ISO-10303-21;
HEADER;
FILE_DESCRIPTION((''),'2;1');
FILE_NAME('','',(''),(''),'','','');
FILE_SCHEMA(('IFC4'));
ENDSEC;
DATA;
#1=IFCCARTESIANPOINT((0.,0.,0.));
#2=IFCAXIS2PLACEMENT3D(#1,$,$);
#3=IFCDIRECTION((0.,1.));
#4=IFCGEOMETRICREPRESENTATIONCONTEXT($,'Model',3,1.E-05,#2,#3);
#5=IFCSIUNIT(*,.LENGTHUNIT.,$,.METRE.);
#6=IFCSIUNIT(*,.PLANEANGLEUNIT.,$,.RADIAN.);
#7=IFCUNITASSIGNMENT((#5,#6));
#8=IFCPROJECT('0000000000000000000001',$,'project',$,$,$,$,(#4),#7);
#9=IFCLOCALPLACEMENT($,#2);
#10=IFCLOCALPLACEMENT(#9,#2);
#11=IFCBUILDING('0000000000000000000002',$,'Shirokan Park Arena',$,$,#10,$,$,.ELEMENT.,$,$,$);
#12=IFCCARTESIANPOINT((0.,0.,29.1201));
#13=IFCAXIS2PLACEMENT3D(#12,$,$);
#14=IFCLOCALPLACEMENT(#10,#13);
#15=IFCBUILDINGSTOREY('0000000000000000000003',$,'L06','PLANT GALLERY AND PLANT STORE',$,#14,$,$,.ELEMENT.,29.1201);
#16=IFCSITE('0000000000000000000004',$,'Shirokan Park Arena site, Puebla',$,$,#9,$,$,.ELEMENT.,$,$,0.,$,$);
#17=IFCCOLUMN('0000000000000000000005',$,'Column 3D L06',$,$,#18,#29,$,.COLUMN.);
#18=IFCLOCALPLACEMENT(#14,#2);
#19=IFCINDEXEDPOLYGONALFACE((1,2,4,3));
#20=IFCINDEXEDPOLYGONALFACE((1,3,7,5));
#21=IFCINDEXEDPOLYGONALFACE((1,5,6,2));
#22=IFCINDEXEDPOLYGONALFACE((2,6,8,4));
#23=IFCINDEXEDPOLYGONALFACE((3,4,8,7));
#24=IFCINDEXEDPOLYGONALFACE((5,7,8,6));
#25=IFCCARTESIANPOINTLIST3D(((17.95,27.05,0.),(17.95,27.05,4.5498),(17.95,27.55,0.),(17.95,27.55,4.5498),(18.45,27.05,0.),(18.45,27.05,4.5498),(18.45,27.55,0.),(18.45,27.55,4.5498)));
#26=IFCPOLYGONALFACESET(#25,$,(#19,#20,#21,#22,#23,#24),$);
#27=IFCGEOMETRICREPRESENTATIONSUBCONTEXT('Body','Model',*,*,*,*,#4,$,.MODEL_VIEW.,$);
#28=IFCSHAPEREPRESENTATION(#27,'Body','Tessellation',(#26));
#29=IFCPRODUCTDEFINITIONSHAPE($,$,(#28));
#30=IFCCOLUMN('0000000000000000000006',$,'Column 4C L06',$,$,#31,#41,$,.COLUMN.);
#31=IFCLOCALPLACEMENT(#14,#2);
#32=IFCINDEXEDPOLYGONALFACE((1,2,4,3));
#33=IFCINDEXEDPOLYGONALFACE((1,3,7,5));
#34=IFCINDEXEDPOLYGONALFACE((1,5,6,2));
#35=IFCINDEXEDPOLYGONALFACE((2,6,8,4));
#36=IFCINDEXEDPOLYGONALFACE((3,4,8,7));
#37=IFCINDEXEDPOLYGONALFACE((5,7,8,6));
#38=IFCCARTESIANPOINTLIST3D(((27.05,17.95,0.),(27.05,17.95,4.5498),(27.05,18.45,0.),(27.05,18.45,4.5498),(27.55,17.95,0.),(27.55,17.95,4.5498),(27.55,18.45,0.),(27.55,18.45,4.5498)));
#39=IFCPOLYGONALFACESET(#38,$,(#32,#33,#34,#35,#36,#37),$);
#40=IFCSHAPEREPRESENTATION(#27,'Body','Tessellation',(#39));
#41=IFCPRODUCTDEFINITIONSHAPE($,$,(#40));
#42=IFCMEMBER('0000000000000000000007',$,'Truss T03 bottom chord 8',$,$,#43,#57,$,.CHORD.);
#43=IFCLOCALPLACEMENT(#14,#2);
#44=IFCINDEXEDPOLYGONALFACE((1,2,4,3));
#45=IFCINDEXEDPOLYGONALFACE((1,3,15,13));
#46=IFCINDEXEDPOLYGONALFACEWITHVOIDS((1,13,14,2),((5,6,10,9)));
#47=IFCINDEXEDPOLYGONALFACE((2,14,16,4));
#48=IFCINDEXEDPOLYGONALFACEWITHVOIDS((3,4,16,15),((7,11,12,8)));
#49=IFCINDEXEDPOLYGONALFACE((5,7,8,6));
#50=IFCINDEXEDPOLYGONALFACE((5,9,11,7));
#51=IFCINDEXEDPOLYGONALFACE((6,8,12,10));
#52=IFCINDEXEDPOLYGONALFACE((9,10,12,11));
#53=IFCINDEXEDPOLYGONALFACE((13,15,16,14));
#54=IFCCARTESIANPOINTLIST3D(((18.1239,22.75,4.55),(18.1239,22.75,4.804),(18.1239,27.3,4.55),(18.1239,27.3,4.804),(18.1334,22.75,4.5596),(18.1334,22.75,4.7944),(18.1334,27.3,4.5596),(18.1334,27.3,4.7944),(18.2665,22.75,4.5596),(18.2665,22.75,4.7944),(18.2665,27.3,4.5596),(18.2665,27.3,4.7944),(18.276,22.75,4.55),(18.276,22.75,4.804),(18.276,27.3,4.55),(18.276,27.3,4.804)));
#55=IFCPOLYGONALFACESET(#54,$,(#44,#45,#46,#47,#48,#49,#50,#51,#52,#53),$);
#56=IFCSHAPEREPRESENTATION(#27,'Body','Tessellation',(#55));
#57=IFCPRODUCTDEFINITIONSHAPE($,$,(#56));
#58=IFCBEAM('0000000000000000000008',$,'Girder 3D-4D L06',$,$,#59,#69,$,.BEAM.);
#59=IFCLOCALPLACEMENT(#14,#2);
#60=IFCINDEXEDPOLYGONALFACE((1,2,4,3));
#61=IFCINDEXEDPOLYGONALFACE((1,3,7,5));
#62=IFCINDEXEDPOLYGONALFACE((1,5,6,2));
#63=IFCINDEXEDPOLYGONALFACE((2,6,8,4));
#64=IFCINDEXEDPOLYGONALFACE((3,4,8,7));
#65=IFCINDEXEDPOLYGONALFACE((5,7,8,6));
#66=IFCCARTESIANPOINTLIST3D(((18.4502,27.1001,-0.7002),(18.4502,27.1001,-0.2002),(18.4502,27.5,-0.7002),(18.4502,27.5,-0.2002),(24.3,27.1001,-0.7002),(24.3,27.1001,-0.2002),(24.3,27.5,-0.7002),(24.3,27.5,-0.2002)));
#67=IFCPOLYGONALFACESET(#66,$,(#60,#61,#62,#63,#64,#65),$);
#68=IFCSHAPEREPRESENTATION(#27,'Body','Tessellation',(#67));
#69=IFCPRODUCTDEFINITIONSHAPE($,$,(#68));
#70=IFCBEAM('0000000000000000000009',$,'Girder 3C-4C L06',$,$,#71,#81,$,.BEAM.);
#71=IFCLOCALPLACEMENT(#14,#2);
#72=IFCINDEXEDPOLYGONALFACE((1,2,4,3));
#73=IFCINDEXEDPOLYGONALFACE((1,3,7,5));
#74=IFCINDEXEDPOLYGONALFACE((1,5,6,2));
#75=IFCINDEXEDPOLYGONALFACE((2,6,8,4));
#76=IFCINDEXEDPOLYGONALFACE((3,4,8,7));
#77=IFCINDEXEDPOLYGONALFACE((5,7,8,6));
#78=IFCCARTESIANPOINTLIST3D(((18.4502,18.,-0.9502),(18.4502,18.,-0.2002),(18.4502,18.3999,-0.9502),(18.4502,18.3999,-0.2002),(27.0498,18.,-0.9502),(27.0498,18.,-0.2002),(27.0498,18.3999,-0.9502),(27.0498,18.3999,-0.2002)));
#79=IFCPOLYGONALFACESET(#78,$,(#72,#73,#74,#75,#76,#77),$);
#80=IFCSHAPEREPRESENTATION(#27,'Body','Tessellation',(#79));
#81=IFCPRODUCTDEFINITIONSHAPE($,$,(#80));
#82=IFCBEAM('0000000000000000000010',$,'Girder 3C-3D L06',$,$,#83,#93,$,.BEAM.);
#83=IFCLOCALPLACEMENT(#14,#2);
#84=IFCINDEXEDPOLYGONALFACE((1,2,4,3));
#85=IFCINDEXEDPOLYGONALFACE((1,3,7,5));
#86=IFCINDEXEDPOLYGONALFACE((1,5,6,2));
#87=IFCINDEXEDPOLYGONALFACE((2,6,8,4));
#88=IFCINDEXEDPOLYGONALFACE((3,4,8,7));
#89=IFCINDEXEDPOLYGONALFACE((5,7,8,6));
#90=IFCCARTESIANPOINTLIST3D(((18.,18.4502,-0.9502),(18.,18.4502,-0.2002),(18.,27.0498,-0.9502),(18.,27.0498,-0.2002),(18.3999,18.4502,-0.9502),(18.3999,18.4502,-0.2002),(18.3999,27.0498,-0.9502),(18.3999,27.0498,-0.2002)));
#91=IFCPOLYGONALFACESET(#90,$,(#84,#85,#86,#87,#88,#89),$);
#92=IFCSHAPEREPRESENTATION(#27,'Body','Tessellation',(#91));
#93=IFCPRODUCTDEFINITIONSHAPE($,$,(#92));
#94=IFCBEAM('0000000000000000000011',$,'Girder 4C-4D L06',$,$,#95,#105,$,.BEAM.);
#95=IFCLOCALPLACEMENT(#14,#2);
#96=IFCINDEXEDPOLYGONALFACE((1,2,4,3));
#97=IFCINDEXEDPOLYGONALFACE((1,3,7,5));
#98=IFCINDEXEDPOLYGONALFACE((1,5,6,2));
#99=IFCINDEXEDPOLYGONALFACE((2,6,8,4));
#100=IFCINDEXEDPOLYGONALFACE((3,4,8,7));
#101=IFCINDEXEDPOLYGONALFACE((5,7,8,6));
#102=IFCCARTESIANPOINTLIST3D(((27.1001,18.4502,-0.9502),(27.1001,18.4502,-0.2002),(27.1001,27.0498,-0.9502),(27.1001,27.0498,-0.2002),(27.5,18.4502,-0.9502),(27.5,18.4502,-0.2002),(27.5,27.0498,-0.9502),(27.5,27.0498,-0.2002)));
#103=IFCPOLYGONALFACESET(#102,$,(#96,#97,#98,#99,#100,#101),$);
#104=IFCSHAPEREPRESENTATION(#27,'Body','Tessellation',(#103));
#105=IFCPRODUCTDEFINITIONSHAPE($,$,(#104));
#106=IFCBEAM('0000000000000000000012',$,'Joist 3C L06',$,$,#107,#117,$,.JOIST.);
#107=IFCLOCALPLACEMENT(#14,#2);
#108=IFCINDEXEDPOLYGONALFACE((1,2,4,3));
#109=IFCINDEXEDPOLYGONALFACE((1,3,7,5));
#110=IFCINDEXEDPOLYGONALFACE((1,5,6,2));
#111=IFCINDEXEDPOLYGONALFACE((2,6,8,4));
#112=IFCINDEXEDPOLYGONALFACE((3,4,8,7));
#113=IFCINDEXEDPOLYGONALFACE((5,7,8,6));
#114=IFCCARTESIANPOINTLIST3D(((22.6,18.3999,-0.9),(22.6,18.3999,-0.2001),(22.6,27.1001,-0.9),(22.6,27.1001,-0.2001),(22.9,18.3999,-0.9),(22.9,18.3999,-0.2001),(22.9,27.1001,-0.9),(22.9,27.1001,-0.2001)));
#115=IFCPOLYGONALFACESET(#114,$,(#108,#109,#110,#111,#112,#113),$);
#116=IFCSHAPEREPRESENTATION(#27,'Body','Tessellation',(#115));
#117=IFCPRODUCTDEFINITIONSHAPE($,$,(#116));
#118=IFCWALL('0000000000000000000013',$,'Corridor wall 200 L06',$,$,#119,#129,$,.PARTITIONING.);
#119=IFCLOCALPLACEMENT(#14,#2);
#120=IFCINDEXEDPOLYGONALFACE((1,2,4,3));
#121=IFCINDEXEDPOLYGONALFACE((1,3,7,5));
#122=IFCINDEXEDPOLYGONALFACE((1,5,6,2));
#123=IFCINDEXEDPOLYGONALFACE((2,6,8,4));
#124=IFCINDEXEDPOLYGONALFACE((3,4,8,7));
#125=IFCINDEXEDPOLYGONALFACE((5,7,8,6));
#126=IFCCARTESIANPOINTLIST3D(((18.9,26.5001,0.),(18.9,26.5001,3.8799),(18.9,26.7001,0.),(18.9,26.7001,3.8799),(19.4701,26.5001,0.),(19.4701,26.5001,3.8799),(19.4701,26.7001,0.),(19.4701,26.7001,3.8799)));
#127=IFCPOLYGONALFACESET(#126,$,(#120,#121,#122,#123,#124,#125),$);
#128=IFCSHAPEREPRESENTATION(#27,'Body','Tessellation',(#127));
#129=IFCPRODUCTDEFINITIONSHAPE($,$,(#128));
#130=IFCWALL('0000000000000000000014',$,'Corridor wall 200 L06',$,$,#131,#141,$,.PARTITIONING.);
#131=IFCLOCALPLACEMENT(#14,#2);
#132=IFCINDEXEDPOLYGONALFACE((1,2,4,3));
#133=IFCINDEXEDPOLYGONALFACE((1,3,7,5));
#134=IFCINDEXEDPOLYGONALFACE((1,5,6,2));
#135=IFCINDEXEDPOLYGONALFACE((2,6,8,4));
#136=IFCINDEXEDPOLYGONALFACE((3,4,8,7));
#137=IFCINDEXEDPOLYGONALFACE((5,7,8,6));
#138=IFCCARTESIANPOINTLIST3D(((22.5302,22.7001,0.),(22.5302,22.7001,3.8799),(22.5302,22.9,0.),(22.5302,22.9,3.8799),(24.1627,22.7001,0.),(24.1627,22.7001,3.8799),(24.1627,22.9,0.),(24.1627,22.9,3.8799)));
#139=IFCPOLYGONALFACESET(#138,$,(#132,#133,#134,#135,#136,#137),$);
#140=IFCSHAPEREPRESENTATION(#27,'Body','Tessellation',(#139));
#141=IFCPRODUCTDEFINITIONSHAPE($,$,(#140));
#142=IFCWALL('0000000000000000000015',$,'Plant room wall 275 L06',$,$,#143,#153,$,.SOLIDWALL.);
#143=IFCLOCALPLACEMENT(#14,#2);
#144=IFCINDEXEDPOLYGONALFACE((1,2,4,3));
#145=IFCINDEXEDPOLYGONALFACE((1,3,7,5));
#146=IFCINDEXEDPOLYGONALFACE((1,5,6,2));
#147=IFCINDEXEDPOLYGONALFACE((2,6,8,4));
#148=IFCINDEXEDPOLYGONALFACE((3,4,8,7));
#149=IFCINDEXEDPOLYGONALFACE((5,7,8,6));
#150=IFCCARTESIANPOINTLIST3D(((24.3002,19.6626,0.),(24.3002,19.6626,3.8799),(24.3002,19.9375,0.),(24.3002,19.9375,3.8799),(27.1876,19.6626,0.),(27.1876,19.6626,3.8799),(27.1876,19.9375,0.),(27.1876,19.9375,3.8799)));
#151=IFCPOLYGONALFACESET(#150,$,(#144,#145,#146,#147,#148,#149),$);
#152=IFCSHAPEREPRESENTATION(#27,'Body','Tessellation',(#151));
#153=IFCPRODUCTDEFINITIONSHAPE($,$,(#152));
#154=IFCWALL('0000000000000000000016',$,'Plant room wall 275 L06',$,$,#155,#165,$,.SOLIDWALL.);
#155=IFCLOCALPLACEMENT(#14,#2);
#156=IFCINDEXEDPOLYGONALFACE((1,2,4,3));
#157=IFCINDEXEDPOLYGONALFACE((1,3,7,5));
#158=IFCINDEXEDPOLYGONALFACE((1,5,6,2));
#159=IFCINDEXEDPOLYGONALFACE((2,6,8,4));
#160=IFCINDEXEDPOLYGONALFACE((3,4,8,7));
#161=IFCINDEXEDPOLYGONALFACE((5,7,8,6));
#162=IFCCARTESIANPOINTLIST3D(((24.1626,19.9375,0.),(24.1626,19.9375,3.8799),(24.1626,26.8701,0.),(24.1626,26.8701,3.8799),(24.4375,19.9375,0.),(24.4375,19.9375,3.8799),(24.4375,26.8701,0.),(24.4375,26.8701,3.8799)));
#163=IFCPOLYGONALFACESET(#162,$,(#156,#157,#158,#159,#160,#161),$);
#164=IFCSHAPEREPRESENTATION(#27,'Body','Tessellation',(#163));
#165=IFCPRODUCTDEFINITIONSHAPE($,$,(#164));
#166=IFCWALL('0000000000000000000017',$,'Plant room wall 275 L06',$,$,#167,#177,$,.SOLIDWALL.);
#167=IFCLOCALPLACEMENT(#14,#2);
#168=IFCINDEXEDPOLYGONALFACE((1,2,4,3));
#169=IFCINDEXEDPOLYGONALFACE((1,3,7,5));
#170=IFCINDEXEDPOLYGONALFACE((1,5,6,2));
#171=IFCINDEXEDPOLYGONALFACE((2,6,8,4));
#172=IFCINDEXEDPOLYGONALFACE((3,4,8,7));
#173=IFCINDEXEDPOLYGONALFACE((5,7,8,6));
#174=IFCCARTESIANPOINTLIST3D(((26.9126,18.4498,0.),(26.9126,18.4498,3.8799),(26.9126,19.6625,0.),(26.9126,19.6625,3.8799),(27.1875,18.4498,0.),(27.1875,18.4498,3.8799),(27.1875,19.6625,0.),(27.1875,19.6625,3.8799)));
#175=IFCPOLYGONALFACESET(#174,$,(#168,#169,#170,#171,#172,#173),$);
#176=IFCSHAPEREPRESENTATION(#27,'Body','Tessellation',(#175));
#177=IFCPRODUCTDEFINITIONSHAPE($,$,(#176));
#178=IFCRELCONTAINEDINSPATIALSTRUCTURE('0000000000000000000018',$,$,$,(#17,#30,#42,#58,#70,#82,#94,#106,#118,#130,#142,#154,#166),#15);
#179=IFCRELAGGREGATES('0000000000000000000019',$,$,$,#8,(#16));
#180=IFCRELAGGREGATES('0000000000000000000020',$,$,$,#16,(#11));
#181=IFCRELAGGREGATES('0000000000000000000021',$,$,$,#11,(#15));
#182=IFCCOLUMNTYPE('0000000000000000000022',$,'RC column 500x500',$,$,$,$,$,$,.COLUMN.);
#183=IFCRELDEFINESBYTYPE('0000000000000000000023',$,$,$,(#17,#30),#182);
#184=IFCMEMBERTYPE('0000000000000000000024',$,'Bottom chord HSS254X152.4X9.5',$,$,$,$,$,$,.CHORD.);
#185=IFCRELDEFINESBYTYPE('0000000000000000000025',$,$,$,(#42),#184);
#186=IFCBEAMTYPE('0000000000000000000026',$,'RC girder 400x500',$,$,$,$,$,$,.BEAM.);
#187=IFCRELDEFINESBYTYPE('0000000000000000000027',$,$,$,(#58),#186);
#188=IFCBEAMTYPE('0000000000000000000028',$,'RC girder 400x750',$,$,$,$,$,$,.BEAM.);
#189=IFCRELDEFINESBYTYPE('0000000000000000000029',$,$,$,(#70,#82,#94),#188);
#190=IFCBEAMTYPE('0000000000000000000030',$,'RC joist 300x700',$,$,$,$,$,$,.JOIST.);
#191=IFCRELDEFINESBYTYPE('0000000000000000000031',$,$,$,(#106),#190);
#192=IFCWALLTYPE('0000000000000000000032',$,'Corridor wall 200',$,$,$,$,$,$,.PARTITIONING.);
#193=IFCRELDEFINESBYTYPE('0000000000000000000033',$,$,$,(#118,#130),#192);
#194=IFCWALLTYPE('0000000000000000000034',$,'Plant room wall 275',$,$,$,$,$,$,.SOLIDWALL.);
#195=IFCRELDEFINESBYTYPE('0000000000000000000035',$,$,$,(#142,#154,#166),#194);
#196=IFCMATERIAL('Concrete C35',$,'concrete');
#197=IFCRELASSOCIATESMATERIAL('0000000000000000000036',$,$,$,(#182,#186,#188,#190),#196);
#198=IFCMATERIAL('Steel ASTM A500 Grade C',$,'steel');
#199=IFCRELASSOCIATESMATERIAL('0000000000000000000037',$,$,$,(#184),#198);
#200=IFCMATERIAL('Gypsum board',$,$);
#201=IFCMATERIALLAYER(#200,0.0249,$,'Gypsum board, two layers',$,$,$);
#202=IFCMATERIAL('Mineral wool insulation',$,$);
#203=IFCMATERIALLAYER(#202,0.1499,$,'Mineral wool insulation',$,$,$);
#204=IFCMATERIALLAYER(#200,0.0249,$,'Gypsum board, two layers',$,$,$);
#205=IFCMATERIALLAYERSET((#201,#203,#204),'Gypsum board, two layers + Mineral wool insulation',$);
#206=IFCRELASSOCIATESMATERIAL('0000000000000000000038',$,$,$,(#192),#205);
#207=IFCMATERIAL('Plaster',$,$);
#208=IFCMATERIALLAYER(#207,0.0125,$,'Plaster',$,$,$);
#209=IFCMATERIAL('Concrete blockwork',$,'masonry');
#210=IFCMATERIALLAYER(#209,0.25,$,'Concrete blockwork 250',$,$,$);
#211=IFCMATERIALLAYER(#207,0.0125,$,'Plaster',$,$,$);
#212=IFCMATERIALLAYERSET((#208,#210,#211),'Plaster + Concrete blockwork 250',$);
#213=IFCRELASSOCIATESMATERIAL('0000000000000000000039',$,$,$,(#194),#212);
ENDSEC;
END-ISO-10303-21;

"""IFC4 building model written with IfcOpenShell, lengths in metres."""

from ifc_helpers import new_model, si_unit, direction, frame, frame_2d, origin, origin_2d, place, context, subcontext, project, spatial, rectangle, hollow_rectangle, extrude, material, layer, layer_set, material_profile, profile_set, type_object, element, save


model = new_model("IFC4")

# Units and contexts
model_context = context("Model", 3, precision=1e-05, world=origin(), true_north=direction((0.0, 1.0)))
body_context = subcontext(model_context, "Body", "Model", "MODEL_VIEW")
ifc_project = project(units=[si_unit("LENGTHUNIT", "METRE"), si_unit("PLANEANGLEUNIT", "RADIAN")], contexts=[model_context])

# Site, building, storey
site_placement = place(None, origin())
site = spatial("IfcSite", under=ifc_project, at=site_placement, Name="Shirokan Park Arena site, Puebla", CompositionType="ELEMENT", RefElevation=0.0)
building_placement = place(site_placement, origin())
building = spatial("IfcBuilding", under=site, at=building_placement, Name="Shirokan Park Arena", CompositionType="ELEMENT")
storey_placement = place(building_placement, frame((0.0, 0.0, 29.1201)))
storey = spatial("IfcBuildingStorey", under=building, at=storey_placement, Name="L06", Description="PLANT GALLERY AND PLANT STORE", CompositionType="ELEMENT", Elevation=29.1201)

# Columns
ifc_material_1 = material(Name="Concrete C35", Category="concrete")
ifc_material_profile_1 = material_profile(ifc_material_1, rectangle(XDim=0.5, YDim=0.5, at=origin_2d()), Name="500x500")
ifc_profile_set_1 = profile_set([ifc_material_profile_1], Name="Concrete C35")
column_type = type_object("IfcColumnType", Name="RC column 500x500", PredefinedType="COLUMN", material=ifc_profile_set_1)
for number, where, z_axis, x_axis, name in (
    (1, (18.2, 27.3, 0.0), (0.0, 0.0, 1.0), (1.0, 0.0, 0.0), "Column 3D L06"),
    (2, (27.3, 18.2, 0.0), (0.0, 0.0, 1.0), (1.0, 0.0, 0.0), "Column 4C L06"),
):
    element("IfcColumn", number, at=place(storey_placement, frame(where, z_axis=z_axis, x_axis=x_axis)), inside=storey, type_object=column_type, Name=name, PredefinedType="COLUMN", context=body_context, shape_type="SweptSolid", body=[
        extrude(rectangle(XDim=0.5, YDim=0.5, at=origin_2d()), origin(), (0.0, 0.0, 1.0), 4.5498),
    ])

# Member
ifc_material_2 = material(Name="Steel ASTM A500 Grade C", Category="steel")
ifc_material_profile_2 = material_profile(ifc_material_2, hollow_rectangle(XDim=0.1521, YDim=0.2539, WallThickness=0.0095, at=origin_2d()), Name="HSS254X152.4X9.5")
ifc_profile_set_2 = profile_set([ifc_material_profile_2], Name="Steel ASTM A500 Grade C")
member_type = type_object("IfcMemberType", Name="Bottom chord HSS254X152.4X9.5", PredefinedType="CHORD", material=ifc_profile_set_2)
member_placement = place(storey_placement, frame((18.2, 22.75, 4.677), z_axis=(0.0, 1.0, 0.0), x_axis=(-1.0, 0.0, 0.0)))
element("IfcMember", 3, at=member_placement, inside=storey, type_object=member_type, Name="Truss T03 bottom chord 8", PredefinedType="CHORD", context=body_context, shape_type="SweptSolid", body=[
    extrude(hollow_rectangle(XDim=0.1521, YDim=0.2539, WallThickness=0.0095, at=origin_2d()), origin(), (0.0, 0.0, 1.0), 4.55),
])

# Beams
ifc_material_profile_3 = material_profile(ifc_material_1, rectangle(XDim=0.3999, YDim=0.5, at=origin_2d()), Name="400x500")
ifc_profile_set_3 = profile_set([ifc_material_profile_3], Name="Concrete C35")
beam_type_1 = type_object("IfcBeamType", Name="RC girder 400x500", PredefinedType="BEAM", material=ifc_profile_set_3)
beam_1_placement = place(storey_placement, frame((18.4502, 27.3, -0.4502), z_axis=(1.0, 0.0, 0.0), x_axis=(0.0, 1.0, 0.0)))
element("IfcBeam", 4, at=beam_1_placement, inside=storey, type_object=beam_type_1, Name="Girder 3D-4D L06", PredefinedType="BEAM", context=body_context, shape_type="SweptSolid", body=[
    extrude(rectangle(XDim=0.3999, YDim=0.5, at=origin_2d()), origin(), (0.0, 0.0, 1.0), 5.8499),
])
ifc_material_profile_4 = material_profile(ifc_material_1, rectangle(XDim=0.3999, YDim=0.75, at=origin_2d()), Name="400x750")
ifc_profile_set_4 = profile_set([ifc_material_profile_4], Name="Concrete C35")
beam_type_2 = type_object("IfcBeamType", Name="RC girder 400x750", PredefinedType="BEAM", material=ifc_profile_set_4)
for number, where, z_axis, x_axis, name in (
    (5, (18.4502, 18.2, -0.5752), (1.0, 0.0, 0.0), (0.0, 1.0, 0.0), "Girder 3C-4C L06"),
    (6, (18.2, 18.4502, -0.5752), (0.0, 1.0, 0.0), (-1.0, 0.0, 0.0), "Girder 3C-3D L06"),
    (7, (27.3, 18.4502, -0.5752), (0.0, 1.0, 0.0), (-1.0, 0.0, 0.0), "Girder 4C-4D L06"),
):
    element("IfcBeam", number, at=place(storey_placement, frame(where, z_axis=z_axis, x_axis=x_axis)), inside=storey, type_object=beam_type_2, Name=name, PredefinedType="BEAM", context=body_context, shape_type="SweptSolid", body=[
        extrude(rectangle(XDim=0.3999, YDim=0.75, at=origin_2d()), origin(), (0.0, 0.0, 1.0), 8.5996),
    ])
ifc_material_profile_5 = material_profile(ifc_material_1, rectangle(XDim=0.3, YDim=0.7, at=origin_2d()), Name="300x700")
ifc_profile_set_5 = profile_set([ifc_material_profile_5], Name="Concrete C35")
beam_type_3 = type_object("IfcBeamType", Name="RC joist 300x700", PredefinedType="JOIST", material=ifc_profile_set_5)
beam_2_placement = place(storey_placement, frame((22.75, 18.3999, -0.55), z_axis=(0.0, 1.0, 0.0), x_axis=(-1.0, 0.0, 0.0)))
element("IfcBeam", 8, at=beam_2_placement, inside=storey, type_object=beam_type_3, Name="Joist 3C L06", PredefinedType="JOIST", context=body_context, shape_type="SweptSolid", body=[
    extrude(rectangle(XDim=0.3, YDim=0.7, at=origin_2d()), origin(), (0.0, 0.0, 1.0), 8.7002),
])

# Shared definitions
ifc_material_3 = material(Name="Gypsum board")
ifc_layer_1 = layer(ifc_material_3, 0.0249, Name="Gypsum board, two layers")
ifc_material_4 = material(Name="Mineral wool insulation")
ifc_layer_2 = layer(ifc_material_4, 0.1499, Name="Mineral wool insulation")
ifc_layer_3 = layer(ifc_material_3, 0.0249, Name="Gypsum board, two layers")
ifc_layer_set_1 = layer_set([ifc_layer_1, ifc_layer_2, ifc_layer_3], Name="Gypsum board, two layers + Mineral wool insulation")
wall_type_1 = type_object("IfcWallType", Name="Corridor wall 200", PredefinedType="PARTITIONING", material=ifc_layer_set_1)

# Walls
wall_1_placement = place(storey_placement, frame((18.8999, 26.6001, 0.0), z_axis=(0.0, 0.0, 1.0), x_axis=(1.0, 0.0, 0.0)))
element("IfcWall", 9, at=wall_1_placement, inside=storey, type_object=wall_type_1, Name="Corridor wall 200 L06", PredefinedType="PARTITIONING", context=body_context, shape_type="SweptSolid", body=[
    extrude(rectangle(XDim=0.5701, YDim=0.2, at=frame_2d((0.2852, 0.0))), origin(), (0.0, 0.0, 1.0), 3.8799),
])
wall_2_placement = place(storey_placement, frame((22.53, 22.8, 0.0), z_axis=(0.0, 0.0, 1.0), x_axis=(1.0, 0.0, 0.0)))
element("IfcWall", 10, at=wall_2_placement, inside=storey, type_object=wall_type_1, Name="Corridor wall 200 L06", PredefinedType="PARTITIONING", context=body_context, shape_type="SweptSolid", body=[
    extrude(rectangle(XDim=1.6326, YDim=0.2, at=frame_2d((0.8164, 0.0))), origin(), (0.0, 0.0, 1.0), 3.8799),
])
ifc_material_5 = material(Name="Plaster")
ifc_layer_4 = layer(ifc_material_5, 0.0125, Name="Plaster")
ifc_material_6 = material(Name="Concrete blockwork", Category="masonry")
ifc_layer_5 = layer(ifc_material_6, 0.25, Name="Concrete blockwork 250")
ifc_layer_6 = layer(ifc_material_5, 0.0125, Name="Plaster")
ifc_layer_set_2 = layer_set([ifc_layer_4, ifc_layer_5, ifc_layer_6], Name="Plaster + Concrete blockwork 250")
wall_type_2 = type_object("IfcWallType", Name="Plant room wall 275", PredefinedType="SOLIDWALL", material=ifc_layer_set_2)
wall_3_placement = place(storey_placement, frame((24.3, 19.8, 0.0), z_axis=(0.0, 0.0, 1.0), x_axis=(1.0, 0.0, 0.0)))
element("IfcWall", 11, at=wall_3_placement, inside=storey, type_object=wall_type_2, Name="Plant room wall 275 L06", PredefinedType="SOLIDWALL", context=body_context, shape_type="SweptSolid", body=[
    extrude(rectangle(XDim=2.8875, YDim=0.2749, at=frame_2d((1.4438, 0.0))), origin(), (0.0, 0.0, 1.0), 3.8799),
])
wall_4_placement = place(storey_placement, frame((24.3, 19.9375, 0.0), z_axis=(0.0, 0.0, 1.0), x_axis=(0.0, 1.0, 0.0)))
element("IfcWall", 12, at=wall_4_placement, inside=storey, type_object=wall_type_2, Name="Plant room wall 275 L06", PredefinedType="SOLIDWALL", context=body_context, shape_type="SweptSolid", body=[
    extrude(rectangle(XDim=6.9326, YDim=0.2749, at=frame_2d((3.4663, 0.0))), origin(), (0.0, 0.0, 1.0), 3.8799),
])
wall_5_placement = place(storey_placement, frame((27.05, 19.6626, 0.0), z_axis=(0.0, 0.0, 1.0), x_axis=(0.0, -1.0, 0.0)))
element("IfcWall", 13, at=wall_5_placement, inside=storey, type_object=wall_type_2, Name="Plant room wall 275 L06", PredefinedType="SOLIDWALL", context=body_context, shape_type="SweptSolid", body=[
    extrude(rectangle(XDim=1.2126, YDim=0.2749, at=frame_2d((0.6064, 0.0))), origin(), (0.0, 0.0, 1.0), 3.8799),
])

save(model, "model.ifc")
